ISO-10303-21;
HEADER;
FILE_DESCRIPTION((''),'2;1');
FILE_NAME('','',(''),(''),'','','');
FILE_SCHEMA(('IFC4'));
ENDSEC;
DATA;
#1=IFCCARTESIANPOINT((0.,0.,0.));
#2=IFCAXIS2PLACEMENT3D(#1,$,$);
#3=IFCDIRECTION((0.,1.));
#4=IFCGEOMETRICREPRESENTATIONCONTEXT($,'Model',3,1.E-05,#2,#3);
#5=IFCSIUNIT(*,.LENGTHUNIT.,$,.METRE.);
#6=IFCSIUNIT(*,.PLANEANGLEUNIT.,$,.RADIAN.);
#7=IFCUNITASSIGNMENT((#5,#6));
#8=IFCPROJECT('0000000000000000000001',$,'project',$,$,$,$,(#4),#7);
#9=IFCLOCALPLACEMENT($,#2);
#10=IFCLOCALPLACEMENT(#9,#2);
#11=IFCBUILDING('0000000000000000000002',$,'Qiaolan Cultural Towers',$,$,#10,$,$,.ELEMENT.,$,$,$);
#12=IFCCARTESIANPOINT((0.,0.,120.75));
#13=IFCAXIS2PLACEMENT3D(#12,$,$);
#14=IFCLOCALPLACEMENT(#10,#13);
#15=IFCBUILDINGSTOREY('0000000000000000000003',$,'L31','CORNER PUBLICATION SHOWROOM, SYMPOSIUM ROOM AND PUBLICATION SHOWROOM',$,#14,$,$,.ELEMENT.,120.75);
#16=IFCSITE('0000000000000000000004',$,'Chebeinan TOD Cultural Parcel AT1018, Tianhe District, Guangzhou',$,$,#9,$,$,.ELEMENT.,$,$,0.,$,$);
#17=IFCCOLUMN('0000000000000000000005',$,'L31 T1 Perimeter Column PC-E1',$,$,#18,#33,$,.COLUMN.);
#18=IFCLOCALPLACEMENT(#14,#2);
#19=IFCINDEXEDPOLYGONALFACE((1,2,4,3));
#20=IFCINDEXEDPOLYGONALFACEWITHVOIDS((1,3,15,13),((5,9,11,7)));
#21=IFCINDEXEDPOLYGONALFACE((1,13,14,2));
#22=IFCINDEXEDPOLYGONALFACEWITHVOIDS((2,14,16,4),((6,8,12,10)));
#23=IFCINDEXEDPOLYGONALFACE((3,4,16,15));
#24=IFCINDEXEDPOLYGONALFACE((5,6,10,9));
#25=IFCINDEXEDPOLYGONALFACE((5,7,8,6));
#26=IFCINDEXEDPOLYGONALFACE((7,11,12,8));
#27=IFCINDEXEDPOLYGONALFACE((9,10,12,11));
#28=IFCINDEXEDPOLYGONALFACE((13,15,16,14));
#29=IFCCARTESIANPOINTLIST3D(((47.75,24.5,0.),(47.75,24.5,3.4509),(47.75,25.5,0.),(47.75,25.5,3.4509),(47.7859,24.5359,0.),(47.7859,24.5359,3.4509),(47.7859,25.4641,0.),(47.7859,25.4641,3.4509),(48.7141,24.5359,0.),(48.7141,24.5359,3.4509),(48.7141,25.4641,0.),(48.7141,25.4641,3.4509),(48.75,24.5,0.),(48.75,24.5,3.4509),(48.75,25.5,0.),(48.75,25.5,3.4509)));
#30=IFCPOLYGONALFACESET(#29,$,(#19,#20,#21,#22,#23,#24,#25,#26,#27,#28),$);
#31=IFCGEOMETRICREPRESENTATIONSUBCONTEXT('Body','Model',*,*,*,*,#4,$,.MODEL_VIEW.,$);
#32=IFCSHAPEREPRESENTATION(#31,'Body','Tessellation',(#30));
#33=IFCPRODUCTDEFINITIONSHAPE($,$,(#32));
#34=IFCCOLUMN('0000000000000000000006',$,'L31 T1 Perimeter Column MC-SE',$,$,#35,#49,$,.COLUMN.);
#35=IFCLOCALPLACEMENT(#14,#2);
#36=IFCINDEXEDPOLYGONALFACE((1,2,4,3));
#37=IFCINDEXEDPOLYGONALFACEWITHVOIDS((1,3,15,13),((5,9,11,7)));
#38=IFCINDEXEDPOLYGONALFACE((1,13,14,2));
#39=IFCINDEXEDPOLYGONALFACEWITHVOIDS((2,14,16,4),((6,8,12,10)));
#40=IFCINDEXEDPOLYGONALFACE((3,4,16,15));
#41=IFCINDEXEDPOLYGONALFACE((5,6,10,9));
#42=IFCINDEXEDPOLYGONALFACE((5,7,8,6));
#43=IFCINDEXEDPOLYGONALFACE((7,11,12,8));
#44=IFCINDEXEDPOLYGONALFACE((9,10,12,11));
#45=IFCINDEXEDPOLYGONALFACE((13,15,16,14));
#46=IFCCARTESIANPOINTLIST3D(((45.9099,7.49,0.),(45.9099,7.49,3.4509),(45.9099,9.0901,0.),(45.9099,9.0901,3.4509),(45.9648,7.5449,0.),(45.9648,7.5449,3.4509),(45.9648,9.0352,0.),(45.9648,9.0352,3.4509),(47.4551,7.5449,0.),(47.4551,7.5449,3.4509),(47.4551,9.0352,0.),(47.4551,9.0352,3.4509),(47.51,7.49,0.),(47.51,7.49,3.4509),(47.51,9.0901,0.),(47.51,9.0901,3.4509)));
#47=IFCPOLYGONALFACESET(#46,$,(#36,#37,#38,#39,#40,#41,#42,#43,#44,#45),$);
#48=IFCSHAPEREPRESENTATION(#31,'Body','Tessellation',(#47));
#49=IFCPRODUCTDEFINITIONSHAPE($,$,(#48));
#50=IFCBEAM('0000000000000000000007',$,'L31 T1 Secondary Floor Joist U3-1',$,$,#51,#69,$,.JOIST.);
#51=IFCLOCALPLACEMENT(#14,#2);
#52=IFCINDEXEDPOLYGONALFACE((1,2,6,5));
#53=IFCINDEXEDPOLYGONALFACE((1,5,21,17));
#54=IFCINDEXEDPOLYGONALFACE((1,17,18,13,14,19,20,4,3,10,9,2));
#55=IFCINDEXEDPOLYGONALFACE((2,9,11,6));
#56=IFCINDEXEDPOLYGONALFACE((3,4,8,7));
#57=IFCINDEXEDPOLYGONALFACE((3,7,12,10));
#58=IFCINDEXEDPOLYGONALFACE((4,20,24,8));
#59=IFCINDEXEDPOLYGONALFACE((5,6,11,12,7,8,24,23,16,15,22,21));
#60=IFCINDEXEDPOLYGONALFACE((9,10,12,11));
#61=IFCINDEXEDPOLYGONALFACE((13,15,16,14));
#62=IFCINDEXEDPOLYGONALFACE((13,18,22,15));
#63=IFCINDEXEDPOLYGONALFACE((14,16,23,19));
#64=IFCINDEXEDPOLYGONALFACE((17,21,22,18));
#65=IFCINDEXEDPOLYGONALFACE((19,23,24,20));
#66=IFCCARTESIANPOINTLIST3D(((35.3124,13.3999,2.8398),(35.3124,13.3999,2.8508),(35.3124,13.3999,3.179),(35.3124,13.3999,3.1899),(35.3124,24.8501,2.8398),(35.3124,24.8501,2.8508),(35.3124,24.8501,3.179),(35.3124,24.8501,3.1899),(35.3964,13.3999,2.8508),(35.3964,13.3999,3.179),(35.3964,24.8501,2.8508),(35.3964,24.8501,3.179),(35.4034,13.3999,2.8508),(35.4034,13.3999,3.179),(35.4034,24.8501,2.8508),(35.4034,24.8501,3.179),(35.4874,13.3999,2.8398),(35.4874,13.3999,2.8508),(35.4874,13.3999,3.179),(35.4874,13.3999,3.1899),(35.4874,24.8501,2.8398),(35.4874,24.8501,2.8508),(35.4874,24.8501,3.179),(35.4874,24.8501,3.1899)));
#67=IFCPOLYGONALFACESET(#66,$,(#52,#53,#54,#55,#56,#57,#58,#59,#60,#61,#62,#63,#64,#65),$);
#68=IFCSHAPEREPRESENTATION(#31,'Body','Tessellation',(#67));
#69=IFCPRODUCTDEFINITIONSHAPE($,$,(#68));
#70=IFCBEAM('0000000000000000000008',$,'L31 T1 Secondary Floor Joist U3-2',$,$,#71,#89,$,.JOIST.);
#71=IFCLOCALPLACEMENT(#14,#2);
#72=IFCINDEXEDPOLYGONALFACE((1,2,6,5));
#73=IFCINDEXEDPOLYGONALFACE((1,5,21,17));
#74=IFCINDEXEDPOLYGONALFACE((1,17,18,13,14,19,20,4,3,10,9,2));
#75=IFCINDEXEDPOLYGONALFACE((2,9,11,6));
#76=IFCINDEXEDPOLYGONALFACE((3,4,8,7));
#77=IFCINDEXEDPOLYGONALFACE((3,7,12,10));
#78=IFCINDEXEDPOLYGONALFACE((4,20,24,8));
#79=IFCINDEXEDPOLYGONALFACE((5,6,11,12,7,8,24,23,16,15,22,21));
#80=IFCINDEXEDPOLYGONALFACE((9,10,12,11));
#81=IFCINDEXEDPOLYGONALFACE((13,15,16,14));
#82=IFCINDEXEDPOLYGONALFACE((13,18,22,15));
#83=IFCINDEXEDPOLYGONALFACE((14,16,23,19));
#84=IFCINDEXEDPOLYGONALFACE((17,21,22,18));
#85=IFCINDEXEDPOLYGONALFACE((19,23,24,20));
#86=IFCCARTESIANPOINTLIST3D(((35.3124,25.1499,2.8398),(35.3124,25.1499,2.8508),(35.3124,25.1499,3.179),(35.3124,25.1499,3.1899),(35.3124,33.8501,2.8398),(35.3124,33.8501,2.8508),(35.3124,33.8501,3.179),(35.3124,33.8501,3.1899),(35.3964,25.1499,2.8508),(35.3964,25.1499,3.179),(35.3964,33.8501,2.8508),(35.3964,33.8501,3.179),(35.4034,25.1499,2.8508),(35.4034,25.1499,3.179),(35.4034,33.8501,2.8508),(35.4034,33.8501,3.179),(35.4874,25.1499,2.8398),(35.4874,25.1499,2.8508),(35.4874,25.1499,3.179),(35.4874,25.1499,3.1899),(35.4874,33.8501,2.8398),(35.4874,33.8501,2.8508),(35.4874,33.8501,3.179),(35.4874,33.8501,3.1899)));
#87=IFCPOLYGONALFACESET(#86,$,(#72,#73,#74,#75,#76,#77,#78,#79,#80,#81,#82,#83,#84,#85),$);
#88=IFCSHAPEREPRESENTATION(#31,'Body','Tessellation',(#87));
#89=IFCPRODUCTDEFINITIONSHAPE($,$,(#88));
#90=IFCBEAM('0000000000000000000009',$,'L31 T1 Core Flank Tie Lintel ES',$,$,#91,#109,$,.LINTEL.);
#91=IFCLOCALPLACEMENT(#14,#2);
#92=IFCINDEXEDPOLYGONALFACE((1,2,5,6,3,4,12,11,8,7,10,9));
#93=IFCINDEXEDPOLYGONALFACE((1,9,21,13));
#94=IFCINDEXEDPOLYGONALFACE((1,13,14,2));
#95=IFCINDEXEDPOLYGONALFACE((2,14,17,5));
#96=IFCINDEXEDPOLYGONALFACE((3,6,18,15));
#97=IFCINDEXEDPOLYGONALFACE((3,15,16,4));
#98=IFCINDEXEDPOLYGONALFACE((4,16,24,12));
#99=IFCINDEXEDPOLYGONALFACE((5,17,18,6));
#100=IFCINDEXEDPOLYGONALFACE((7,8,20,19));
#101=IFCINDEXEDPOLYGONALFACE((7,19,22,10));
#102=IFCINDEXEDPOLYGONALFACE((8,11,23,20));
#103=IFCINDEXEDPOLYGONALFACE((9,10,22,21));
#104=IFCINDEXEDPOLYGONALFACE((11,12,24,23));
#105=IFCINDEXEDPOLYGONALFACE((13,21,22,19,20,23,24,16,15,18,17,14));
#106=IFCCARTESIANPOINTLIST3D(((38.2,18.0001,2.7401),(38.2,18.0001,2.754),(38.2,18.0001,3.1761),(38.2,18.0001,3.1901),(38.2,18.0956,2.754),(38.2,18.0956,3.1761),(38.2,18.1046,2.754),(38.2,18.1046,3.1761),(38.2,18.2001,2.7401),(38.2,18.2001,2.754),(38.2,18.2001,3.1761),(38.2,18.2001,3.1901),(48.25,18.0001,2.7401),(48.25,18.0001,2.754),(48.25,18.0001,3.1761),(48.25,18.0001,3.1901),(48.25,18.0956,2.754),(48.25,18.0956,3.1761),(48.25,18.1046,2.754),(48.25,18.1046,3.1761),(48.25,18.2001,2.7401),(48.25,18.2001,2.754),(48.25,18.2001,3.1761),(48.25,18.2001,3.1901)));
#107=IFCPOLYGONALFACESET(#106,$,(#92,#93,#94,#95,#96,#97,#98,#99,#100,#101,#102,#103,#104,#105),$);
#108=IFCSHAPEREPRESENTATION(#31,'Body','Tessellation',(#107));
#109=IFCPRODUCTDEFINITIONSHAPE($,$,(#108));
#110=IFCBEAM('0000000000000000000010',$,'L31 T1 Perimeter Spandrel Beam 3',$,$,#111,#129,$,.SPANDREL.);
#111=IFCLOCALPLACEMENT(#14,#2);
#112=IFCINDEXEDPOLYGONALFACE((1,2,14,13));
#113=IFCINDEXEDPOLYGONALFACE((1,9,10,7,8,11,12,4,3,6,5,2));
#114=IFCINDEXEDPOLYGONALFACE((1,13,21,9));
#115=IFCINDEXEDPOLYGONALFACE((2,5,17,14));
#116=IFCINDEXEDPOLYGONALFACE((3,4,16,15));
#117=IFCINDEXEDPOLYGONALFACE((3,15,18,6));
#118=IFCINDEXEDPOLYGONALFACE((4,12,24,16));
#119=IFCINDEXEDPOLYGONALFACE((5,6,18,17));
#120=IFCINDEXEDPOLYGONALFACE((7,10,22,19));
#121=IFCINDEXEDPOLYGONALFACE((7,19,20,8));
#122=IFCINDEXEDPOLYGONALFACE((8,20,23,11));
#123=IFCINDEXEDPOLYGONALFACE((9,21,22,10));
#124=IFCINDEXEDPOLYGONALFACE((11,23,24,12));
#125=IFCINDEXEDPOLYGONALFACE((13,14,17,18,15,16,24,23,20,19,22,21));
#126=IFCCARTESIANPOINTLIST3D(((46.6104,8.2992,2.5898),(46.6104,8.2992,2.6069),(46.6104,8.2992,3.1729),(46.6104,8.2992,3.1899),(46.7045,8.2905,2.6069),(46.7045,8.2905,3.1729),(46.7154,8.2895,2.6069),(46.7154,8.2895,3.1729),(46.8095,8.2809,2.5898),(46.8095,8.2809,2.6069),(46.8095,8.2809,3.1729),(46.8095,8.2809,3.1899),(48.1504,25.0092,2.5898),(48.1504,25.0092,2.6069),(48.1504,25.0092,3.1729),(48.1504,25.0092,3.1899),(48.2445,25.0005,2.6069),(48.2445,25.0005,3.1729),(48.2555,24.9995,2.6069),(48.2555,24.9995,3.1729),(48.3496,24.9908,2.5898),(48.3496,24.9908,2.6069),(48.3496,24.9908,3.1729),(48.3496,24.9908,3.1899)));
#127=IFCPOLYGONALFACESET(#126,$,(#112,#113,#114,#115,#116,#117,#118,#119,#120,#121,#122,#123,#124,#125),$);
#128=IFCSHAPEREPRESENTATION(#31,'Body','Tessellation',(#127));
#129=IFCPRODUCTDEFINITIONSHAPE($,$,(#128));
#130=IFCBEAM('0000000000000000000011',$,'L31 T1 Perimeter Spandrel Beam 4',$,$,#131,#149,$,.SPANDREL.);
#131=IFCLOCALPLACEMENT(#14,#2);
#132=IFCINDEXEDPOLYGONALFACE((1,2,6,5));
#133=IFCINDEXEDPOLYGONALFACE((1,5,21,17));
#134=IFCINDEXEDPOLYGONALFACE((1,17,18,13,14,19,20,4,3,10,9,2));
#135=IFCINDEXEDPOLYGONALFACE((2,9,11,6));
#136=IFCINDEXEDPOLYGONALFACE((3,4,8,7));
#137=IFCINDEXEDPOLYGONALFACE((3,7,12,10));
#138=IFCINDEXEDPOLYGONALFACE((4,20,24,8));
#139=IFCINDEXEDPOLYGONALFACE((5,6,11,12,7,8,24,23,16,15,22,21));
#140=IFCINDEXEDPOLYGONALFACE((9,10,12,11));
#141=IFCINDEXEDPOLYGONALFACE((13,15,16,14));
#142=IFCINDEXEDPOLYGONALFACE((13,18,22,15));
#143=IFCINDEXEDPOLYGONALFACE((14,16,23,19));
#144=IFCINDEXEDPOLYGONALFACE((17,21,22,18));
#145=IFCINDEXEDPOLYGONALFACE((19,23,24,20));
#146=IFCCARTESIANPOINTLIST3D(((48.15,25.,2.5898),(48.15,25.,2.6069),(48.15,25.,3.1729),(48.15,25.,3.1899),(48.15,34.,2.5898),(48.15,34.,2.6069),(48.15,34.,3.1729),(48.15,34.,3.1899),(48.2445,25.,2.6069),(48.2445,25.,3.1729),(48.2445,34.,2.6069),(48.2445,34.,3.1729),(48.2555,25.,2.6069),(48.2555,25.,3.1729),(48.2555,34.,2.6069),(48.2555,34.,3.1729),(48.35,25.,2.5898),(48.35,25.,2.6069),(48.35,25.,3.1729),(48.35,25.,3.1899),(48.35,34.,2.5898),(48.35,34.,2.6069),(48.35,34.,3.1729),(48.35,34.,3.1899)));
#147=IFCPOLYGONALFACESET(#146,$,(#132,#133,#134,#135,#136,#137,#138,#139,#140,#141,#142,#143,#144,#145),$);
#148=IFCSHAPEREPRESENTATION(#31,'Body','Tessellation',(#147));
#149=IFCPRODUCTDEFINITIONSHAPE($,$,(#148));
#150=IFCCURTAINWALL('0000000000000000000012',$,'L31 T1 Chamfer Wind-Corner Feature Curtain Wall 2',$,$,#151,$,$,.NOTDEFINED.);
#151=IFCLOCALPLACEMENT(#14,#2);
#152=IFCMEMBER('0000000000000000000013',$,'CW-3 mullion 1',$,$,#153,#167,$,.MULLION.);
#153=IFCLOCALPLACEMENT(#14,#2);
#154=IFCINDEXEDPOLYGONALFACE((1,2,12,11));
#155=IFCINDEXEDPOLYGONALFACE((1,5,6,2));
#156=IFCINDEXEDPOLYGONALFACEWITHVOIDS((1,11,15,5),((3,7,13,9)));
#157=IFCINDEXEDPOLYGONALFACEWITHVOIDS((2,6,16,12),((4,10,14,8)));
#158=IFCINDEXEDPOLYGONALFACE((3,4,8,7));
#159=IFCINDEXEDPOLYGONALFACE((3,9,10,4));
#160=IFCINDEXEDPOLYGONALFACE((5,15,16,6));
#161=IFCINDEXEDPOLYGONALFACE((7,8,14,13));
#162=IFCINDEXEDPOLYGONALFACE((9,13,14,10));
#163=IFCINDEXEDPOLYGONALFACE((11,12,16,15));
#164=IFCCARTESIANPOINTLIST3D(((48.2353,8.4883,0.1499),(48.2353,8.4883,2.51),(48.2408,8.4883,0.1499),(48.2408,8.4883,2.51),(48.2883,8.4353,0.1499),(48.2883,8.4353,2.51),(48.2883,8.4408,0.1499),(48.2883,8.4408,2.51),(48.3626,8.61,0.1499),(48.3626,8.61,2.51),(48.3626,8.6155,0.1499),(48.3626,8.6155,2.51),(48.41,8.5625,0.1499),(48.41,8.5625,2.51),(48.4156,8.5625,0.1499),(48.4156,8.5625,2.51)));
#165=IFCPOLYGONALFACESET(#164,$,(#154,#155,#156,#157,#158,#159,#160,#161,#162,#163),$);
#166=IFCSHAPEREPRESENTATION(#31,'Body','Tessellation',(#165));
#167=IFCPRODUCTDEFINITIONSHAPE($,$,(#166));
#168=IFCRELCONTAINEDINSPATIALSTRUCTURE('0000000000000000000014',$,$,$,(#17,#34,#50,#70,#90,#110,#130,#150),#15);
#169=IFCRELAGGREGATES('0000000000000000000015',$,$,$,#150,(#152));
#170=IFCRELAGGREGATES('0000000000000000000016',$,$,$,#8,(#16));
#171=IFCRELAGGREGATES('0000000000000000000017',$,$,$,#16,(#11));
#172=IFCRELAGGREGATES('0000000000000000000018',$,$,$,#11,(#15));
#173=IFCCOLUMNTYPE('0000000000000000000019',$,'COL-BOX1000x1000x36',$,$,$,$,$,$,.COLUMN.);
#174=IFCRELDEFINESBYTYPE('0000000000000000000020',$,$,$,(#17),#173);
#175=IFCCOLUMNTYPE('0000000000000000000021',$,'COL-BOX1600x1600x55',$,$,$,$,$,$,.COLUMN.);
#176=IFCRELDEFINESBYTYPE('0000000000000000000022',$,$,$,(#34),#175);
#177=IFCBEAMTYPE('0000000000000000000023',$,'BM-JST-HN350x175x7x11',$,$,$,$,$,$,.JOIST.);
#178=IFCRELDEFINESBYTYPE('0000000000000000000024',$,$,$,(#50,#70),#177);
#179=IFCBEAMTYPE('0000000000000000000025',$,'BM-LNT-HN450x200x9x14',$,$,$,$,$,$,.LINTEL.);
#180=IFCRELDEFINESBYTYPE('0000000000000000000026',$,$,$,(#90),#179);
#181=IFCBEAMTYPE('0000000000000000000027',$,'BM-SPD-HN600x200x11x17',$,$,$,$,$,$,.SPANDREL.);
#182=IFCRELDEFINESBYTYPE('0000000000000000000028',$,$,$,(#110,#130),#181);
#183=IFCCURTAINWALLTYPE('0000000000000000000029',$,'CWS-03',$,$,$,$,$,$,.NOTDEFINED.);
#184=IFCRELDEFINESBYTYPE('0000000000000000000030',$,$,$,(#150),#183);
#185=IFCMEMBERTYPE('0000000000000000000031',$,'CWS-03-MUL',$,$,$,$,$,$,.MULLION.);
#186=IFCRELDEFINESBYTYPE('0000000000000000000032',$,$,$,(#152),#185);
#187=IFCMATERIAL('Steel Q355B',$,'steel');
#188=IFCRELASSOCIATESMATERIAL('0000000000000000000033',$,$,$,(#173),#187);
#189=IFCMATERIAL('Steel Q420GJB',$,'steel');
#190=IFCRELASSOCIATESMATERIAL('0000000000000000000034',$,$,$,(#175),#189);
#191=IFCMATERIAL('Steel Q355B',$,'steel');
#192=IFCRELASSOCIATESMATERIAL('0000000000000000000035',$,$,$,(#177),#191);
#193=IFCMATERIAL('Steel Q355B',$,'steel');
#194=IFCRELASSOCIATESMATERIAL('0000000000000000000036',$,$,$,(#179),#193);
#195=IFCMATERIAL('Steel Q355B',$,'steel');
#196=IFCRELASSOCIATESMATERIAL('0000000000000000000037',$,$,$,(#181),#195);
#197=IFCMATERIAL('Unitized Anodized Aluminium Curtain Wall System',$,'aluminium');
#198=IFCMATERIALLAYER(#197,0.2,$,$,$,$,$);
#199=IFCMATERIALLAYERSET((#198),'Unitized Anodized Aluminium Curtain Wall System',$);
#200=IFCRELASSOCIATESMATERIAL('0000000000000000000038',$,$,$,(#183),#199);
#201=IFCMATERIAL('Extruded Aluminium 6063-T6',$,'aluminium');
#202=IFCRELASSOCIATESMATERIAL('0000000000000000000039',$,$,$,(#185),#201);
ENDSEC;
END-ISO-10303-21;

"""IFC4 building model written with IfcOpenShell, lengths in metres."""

from ifc_helpers import new_model, si_unit, direction, frame, origin, origin_2d, place, context, subcontext, project, spatial, hollow_rectangle, i_section, extrude, material, layer, layer_set, material_profile, profile_set, type_object, element, aggregate, save


model = new_model("IFC4")

# Units and contexts
model_context = context("Model", 3, precision=1e-05, world=origin(), true_north=direction((0.0, 1.0)))
body_context = subcontext(model_context, "Body", "Model", "MODEL_VIEW")
ifc_project = project(units=[si_unit("LENGTHUNIT", "METRE"), si_unit("PLANEANGLEUNIT", "RADIAN")], contexts=[model_context])

# Site, building, storey
site_placement = place(None, origin())
site = spatial("IfcSite", under=ifc_project, at=site_placement, Name="Chebeinan TOD Cultural Parcel AT1018, Tianhe District, Guangzhou", CompositionType="ELEMENT", RefElevation=0.0)
building_placement = place(site_placement, origin())
building = spatial("IfcBuilding", under=site, at=building_placement, Name="Qiaolan Cultural Towers", CompositionType="ELEMENT")
storey_placement = place(building_placement, frame((0.0, 0.0, 120.75)))
storey = spatial("IfcBuildingStorey", under=building, at=storey_placement, Name="L31", Description="CORNER PUBLICATION SHOWROOM, SYMPOSIUM ROOM AND PUBLICATION SHOWROOM", CompositionType="ELEMENT", Elevation=120.75)

# Columns
ifc_material_1 = material(Name="Steel Q355B", Category="steel")
ifc_material_profile_1 = material_profile(ifc_material_1, hollow_rectangle(XDim=1.0, YDim=1.0, WallThickness=0.0359, at=origin_2d()), Name="BOX1000x1000x36")
ifc_profile_set_1 = profile_set([ifc_material_profile_1], Name="Steel Q355B")
column_type_1 = type_object("IfcColumnType", Name="COL-BOX1000x1000x36", PredefinedType="COLUMN", material=ifc_profile_set_1)
column_1_placement = place(storey_placement, frame((48.25, 25.0, 0.0), z_axis=(0.0, 0.0, 1.0), x_axis=(1.0, 0.0, 0.0)))
element("IfcColumn", 1, at=column_1_placement, inside=storey, type_object=column_type_1, Name="L31 T1 Perimeter Column PC-E1", PredefinedType="COLUMN", context=body_context, shape_type="SweptSolid", body=[
    extrude(hollow_rectangle(XDim=1.0, YDim=1.0, WallThickness=0.0359, at=origin_2d()), origin(), (0.0, 0.0, 1.0), 3.4509),
])
ifc_material_2 = material(Name="Steel Q420GJB", Category="steel")
ifc_material_profile_2 = material_profile(ifc_material_2, hollow_rectangle(XDim=1.6001, YDim=1.6001, WallThickness=0.0549, at=origin_2d()), Name="BOX1600x1600x55")
ifc_profile_set_2 = profile_set([ifc_material_profile_2], Name="Steel Q420GJB")
column_type_2 = type_object("IfcColumnType", Name="COL-BOX1600x1600x55", PredefinedType="COLUMN", material=ifc_profile_set_2)
column_2_placement = place(storey_placement, frame((46.71, 8.29, 0.0), z_axis=(0.0, 0.0, 1.0), x_axis=(1.0, 0.0, 0.0)))
element("IfcColumn", 2, at=column_2_placement, inside=storey, type_object=column_type_2, Name="L31 T1 Perimeter Column MC-SE", PredefinedType="COLUMN", context=body_context, shape_type="SweptSolid", body=[
    extrude(hollow_rectangle(XDim=1.6001, YDim=1.6001, WallThickness=0.0549, at=origin_2d()), origin(), (0.0, 0.0, 1.0), 3.4509),
])

# Beams
ifc_material_3 = material(Name="Steel Q355B", Category="steel")
ifc_material_profile_3 = material_profile(ifc_material_3, i_section(OverallWidth=0.175, OverallDepth=0.3501, WebThickness=0.0071, FlangeThickness=0.011, at=origin_2d()), Name="HN350x175x7x11")
ifc_profile_set_3 = profile_set([ifc_material_profile_3], Name="Steel Q355B")
beam_type_1 = type_object("IfcBeamType", Name="BM-JST-HN350x175x7x11", PredefinedType="JOIST", material=ifc_profile_set_3)
beam_1_placement = place(storey_placement, frame((35.3999, 13.3999, 3.0149), z_axis=(0.0, 1.0, 0.0), x_axis=(-1.0, 0.0, 0.0)))
element("IfcBeam", 3, at=beam_1_placement, inside=storey, type_object=beam_type_1, Name="L31 T1 Secondary Floor Joist U3-1", PredefinedType="JOIST", context=body_context, shape_type="SweptSolid", body=[
    extrude(i_section(OverallWidth=0.175, OverallDepth=0.3501, WebThickness=0.0071, FlangeThickness=0.011, at=origin_2d()), origin(), (0.0, 0.0, 1.0), 11.4502),
])
beam_2_placement = place(storey_placement, frame((35.3999, 25.1499, 3.0149), z_axis=(0.0, 1.0, 0.0), x_axis=(-1.0, 0.0, 0.0)))
element("IfcBeam", 4, at=beam_2_placement, inside=storey, type_object=beam_type_1, Name="L31 T1 Secondary Floor Joist U3-2", PredefinedType="JOIST", context=body_context, shape_type="SweptSolid", body=[
    extrude(i_section(OverallWidth=0.175, OverallDepth=0.3501, WebThickness=0.0071, FlangeThickness=0.011, at=origin_2d()), origin(), (0.0, 0.0, 1.0), 8.7002),
])
ifc_material_4 = material(Name="Steel Q355B", Category="steel")
ifc_material_profile_4 = material_profile(ifc_material_4, i_section(OverallWidth=0.2, OverallDepth=0.45, WebThickness=0.009, FlangeThickness=0.0139, at=origin_2d()), Name="HN450x200x9x14")
ifc_profile_set_4 = profile_set([ifc_material_profile_4], Name="Steel Q355B")
beam_type_2 = type_object("IfcBeamType", Name="BM-LNT-HN450x200x9x14", PredefinedType="LINTEL", material=ifc_profile_set_4)
beam_3_placement = place(storey_placement, frame((38.2, 18.1001, 2.9651), z_axis=(1.0, 0.0, 0.0), x_axis=(0.0, 1.0, 0.0)))
element("IfcBeam", 5, at=beam_3_placement, inside=storey, type_object=beam_type_2, Name="L31 T1 Core Flank Tie Lintel ES", PredefinedType="LINTEL", context=body_context, shape_type="SweptSolid", body=[
    extrude(i_section(OverallWidth=0.2, OverallDepth=0.45, WebThickness=0.009, FlangeThickness=0.0139, at=origin_2d()), origin(), (0.0, 0.0, 1.0), 10.05),
])
ifc_material_5 = material(Name="Steel Q355B", Category="steel")
ifc_material_profile_5 = material_profile(ifc_material_5, i_section(OverallWidth=0.2, OverallDepth=0.6001, WebThickness=0.011, FlangeThickness=0.0171, at=origin_2d()), Name="HN600x200x11x17")
ifc_profile_set_5 = profile_set([ifc_material_profile_5], Name="Steel Q355B")
beam_type_3 = type_object("IfcBeamType", Name="BM-SPD-HN600x200x11x17", PredefinedType="SPANDREL", material=ifc_profile_set_5)
beam_4_placement = place(storey_placement, frame((46.71, 8.29, 2.8899), z_axis=(0.091774, 0.99578, 0.0), x_axis=(-0.99578, 0.091774, 0.0)))
element("IfcBeam", 6, at=beam_4_placement, inside=storey, type_object=beam_type_3, Name="L31 T1 Perimeter Spandrel Beam 3", PredefinedType="SPANDREL", context=body_context, shape_type="SweptSolid", body=[
    extrude(i_section(OverallWidth=0.2, OverallDepth=0.6001, WebThickness=0.011, FlangeThickness=0.0171, at=origin_2d()), origin(), (0.0, 0.0, 1.0), 16.7808),
])
beam_5_placement = place(storey_placement, frame((48.25, 25.0, 2.8899), z_axis=(0.0, 1.0, 0.0), x_axis=(-1.0, 0.0, 0.0)))
element("IfcBeam", 7, at=beam_5_placement, inside=storey, type_object=beam_type_3, Name="L31 T1 Perimeter Spandrel Beam 4", PredefinedType="SPANDREL", context=body_context, shape_type="SweptSolid", body=[
    extrude(i_section(OverallWidth=0.2, OverallDepth=0.6001, WebThickness=0.011, FlangeThickness=0.0171, at=origin_2d()), origin(), (0.0, 0.0, 1.0), 9.0),
])

# Curtain wall, member
ifc_material_6 = material(Name="Unitized Anodized Aluminium Curtain Wall System", Category="aluminium")
ifc_layer_1 = layer(ifc_material_6, 0.2)
ifc_layer_set_1 = layer_set([ifc_layer_1], Name="Unitized Anodized Aluminium Curtain Wall System")
curtain_wall_type = type_object("IfcCurtainWallType", Name="CWS-03", PredefinedType="NOTDEFINED", material=ifc_layer_set_1)
curtain_wall_placement = place(storey_placement, origin())
curtain_wall = element("IfcCurtainWall", 8, at=curtain_wall_placement, inside=storey, type_object=curtain_wall_type, Name="L31 T1 Chamfer Wind-Corner Feature Curtain Wall 2", PredefinedType="NOTDEFINED")
ifc_material_7 = material(Name="Extruded Aluminium 6063-T6", Category="aluminium")
ifc_material_profile_6 = material_profile(ifc_material_7, hollow_rectangle(XDim=0.075, YDim=0.1799, WallThickness=0.0039, at=origin_2d()), Name="CWM-180x75x4")
ifc_profile_set_6 = profile_set([ifc_material_profile_6], Name="Extruded Aluminium 6063-T6")
member_type_1 = type_object("IfcMemberType", Name="CWS-03-MUL", PredefinedType="MULLION", material=ifc_profile_set_6)
member_1_placement = place(storey_placement, frame((48.3254, 8.5254, 0.1499), z_axis=(0.0, 0.0, 1.0), x_axis=(0.707107, -0.707107, 0.0)))
member_1 = element("IfcMember", 9, at=member_1_placement, type_object=member_type_1, Name="CW-3 mullion 1", PredefinedType="MULLION", context=body_context, shape_type="SweptSolid", body=[
    extrude(hollow_rectangle(XDim=0.075, YDim=0.1799, WallThickness=0.0039, at=origin_2d()), origin(), (0.0, 0.0, 1.0), 2.3601),
])

aggregate(curtain_wall, [member_1])

save(model, "model.ifc")
